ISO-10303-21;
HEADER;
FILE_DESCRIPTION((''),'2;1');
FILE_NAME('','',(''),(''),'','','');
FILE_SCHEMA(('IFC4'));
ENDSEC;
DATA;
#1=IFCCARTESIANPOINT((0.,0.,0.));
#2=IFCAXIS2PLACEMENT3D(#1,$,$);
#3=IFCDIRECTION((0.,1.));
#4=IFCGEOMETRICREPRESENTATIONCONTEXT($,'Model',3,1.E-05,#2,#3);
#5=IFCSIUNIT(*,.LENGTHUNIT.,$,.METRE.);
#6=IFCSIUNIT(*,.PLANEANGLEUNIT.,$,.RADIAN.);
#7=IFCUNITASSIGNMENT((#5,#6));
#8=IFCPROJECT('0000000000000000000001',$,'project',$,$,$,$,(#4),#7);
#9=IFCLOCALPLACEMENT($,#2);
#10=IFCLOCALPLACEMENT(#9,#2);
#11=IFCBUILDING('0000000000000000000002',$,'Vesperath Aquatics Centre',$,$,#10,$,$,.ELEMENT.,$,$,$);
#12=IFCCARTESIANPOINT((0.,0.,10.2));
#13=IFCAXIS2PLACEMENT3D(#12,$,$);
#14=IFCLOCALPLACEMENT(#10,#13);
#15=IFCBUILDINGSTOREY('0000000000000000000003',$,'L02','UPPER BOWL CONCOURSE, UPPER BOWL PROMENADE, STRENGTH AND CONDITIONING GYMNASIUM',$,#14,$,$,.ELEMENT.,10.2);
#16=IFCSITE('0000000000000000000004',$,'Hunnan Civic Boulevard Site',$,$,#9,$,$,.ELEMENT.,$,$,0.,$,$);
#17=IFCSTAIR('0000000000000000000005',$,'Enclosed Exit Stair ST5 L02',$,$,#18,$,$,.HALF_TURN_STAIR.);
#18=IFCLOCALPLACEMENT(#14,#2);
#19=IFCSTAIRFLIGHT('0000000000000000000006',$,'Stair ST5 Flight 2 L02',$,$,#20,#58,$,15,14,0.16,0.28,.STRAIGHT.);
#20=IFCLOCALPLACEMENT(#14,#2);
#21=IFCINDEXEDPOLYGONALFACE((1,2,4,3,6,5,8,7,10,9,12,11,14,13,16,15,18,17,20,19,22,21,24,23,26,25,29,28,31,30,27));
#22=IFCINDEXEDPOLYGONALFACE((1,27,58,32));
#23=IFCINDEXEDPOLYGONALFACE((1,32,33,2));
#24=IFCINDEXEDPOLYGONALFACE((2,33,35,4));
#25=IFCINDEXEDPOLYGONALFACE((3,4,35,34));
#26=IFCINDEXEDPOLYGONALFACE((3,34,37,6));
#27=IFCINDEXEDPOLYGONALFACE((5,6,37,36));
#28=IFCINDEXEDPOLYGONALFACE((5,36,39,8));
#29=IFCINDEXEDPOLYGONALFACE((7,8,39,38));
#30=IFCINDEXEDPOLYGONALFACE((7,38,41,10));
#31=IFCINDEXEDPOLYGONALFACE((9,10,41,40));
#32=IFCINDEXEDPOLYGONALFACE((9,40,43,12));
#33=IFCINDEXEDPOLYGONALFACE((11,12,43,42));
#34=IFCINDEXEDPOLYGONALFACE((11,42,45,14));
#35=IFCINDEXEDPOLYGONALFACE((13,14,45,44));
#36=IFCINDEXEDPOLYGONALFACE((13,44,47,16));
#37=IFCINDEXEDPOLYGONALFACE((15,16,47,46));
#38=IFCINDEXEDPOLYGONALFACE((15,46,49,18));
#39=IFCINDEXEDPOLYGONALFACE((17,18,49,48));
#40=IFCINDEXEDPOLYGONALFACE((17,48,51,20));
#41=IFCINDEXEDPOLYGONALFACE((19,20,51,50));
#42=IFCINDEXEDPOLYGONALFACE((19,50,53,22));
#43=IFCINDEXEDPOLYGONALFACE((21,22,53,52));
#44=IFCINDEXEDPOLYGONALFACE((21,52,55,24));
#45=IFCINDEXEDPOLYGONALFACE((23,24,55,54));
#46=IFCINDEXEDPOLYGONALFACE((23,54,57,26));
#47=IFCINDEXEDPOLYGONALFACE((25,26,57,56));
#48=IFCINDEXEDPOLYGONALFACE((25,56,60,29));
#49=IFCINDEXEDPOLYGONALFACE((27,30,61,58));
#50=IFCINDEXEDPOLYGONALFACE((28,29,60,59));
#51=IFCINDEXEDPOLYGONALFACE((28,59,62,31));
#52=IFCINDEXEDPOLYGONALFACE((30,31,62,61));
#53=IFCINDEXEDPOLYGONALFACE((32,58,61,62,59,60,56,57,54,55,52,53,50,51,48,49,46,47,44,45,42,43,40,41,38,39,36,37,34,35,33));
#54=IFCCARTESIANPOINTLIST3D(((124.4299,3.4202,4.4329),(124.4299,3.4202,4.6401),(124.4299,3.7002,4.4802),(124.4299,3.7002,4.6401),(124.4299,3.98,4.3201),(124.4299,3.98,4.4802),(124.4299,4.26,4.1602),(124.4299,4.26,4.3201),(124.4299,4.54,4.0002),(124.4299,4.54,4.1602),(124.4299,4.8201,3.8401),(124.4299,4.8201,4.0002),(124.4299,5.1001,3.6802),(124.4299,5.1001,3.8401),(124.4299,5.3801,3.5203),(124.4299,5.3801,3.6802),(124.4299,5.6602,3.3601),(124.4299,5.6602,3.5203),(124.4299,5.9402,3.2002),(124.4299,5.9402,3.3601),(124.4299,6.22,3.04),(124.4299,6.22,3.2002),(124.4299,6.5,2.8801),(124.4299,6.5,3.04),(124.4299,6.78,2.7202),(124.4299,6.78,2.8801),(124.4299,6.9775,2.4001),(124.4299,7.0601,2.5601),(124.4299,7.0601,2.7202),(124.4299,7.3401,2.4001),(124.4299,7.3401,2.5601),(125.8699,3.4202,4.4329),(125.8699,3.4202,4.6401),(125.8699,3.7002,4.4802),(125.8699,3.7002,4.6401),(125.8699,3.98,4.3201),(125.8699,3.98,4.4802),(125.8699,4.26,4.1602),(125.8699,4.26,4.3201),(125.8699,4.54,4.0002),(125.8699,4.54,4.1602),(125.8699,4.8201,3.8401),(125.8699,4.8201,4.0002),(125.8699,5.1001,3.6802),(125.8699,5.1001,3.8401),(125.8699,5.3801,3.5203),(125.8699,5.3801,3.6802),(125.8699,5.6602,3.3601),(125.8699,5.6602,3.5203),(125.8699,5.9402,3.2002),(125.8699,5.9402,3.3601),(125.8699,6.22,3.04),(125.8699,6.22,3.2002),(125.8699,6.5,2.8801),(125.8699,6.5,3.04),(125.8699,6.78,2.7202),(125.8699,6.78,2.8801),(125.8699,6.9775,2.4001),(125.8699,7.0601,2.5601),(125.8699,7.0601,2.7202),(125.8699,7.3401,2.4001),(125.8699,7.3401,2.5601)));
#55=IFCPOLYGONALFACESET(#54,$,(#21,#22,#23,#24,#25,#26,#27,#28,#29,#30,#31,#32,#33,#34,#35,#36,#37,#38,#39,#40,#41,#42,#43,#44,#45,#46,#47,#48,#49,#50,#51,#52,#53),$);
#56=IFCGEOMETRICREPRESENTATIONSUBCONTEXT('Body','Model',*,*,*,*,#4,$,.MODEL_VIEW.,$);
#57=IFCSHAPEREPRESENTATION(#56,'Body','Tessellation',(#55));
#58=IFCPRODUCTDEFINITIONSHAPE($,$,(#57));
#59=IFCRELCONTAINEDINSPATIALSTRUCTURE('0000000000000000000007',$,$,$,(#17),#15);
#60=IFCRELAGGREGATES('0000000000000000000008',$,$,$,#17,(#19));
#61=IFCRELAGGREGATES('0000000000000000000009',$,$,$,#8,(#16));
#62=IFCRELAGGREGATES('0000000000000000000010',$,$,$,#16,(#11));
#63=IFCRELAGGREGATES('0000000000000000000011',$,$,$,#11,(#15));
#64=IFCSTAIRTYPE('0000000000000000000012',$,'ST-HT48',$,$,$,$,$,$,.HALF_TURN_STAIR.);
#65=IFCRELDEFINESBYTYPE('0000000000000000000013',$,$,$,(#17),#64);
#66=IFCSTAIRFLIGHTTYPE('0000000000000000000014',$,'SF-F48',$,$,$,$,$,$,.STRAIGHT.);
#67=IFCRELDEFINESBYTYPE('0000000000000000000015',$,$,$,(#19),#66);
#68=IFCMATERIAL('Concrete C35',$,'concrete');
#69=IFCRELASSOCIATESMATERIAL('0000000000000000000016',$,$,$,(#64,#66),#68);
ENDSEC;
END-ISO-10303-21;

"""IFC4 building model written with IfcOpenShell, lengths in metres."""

from ifc_helpers import new_model, si_unit, direction, frame, origin, place, context, subcontext, project, spatial, polyline, outline, extrude, material, type_object, element, aggregate, save


model = new_model("IFC4")

# Units and contexts
model_context = context("Model", 3, precision=1e-05, world=origin(), true_north=direction((0.0, 1.0)))
body_context = subcontext(model_context, "Body", "Model", "MODEL_VIEW")
ifc_project = project(units=[si_unit("LENGTHUNIT", "METRE"), si_unit("PLANEANGLEUNIT", "RADIAN")], contexts=[model_context])

# Site, building, storey
site_placement = place(None, origin())
site = spatial("IfcSite", under=ifc_project, at=site_placement, Name="Hunnan Civic Boulevard Site", CompositionType="ELEMENT", RefElevation=0.0)
building_placement = place(site_placement, origin())
building = spatial("IfcBuilding", under=site, at=building_placement, Name="Vesperath Aquatics Centre", CompositionType="ELEMENT")
storey_placement = place(building_placement, frame((0.0, 0.0, 10.2)))
storey = spatial("IfcBuildingStorey", under=building, at=storey_placement, Name="L02", Description="UPPER BOWL CONCOURSE, UPPER BOWL PROMENADE, STRENGTH AND CONDITIONING GYMNASIUM", CompositionType="ELEMENT", Elevation=10.2)

# Stair, stair flight
ifc_material_1 = material(Name="Concrete C35", Category="concrete")
stair_type = type_object("IfcStairType", Name="ST-HT48", PredefinedType="HALF_TURN_STAIR", material=ifc_material_1)
stair_placement = place(storey_placement, origin())
stair = element("IfcStair", 1, at=stair_placement, inside=storey, type_object=stair_type, Name="Enclosed Exit Stair ST5 L02", PredefinedType="HALF_TURN_STAIR")
stair_flight_type = type_object("IfcStairFlightType", Name="SF-F48", PredefinedType="STRAIGHT", material=ifc_material_1)
stair_flight_placement = place(storey_placement, frame((125.1499, 7.3401, 2.4001), z_axis=(0.0, 0.0, 1.0), x_axis=(0.0, -1.0, 0.0)))
stair_flight = element("IfcStairFlight", 2, at=stair_flight_placement, type_object=stair_flight_type, Name="Stair ST5 Flight 2 L02", NumberOfRisers=15, NumberOfTreads=14, PredefinedType="STRAIGHT", RiserHeight=0.16, TreadLength=0.28, context=body_context, shape_type="SweptSolid", body=[
    extrude(outline(polyline([(0.0, 0.0), (0.0, 0.1599), (0.28, 0.1599), (0.28, 0.3201), (0.5601, 0.3201), (0.5601, 0.48), (0.8401, 0.48), (0.8401, 0.6399), (1.1201, 0.6399), (1.1201, 0.8), (1.3999, 0.8), (1.3999, 0.96), (1.6799, 0.96), (1.6799, 1.1201), (1.96, 1.1201), (1.96, 1.28), (2.24, 1.28), (2.24, 1.4399), (2.52, 1.4399), (2.52, 1.6001), (2.8, 1.6001), (2.8, 1.76), (3.0801, 1.76), (3.0801, 1.9199), (3.3601, 1.9199), (3.3601, 2.0801), (3.6399, 2.0801), (3.6399, 2.24), (3.9199, 2.24), (3.9199, 2.3999), (3.9199, 2.0327), (0.3625, 0.0), (0.0, 0.0)])), frame((0.0, 0.72, 0.0), z_axis=(0.0, -1.0, 0.0), x_axis=(1.0, 0.0, 0.0)), (0.0, 0.0, 1.0), 1.4399),
])
aggregate(stair, [stair_flight])

save(model, "model.ifc")
